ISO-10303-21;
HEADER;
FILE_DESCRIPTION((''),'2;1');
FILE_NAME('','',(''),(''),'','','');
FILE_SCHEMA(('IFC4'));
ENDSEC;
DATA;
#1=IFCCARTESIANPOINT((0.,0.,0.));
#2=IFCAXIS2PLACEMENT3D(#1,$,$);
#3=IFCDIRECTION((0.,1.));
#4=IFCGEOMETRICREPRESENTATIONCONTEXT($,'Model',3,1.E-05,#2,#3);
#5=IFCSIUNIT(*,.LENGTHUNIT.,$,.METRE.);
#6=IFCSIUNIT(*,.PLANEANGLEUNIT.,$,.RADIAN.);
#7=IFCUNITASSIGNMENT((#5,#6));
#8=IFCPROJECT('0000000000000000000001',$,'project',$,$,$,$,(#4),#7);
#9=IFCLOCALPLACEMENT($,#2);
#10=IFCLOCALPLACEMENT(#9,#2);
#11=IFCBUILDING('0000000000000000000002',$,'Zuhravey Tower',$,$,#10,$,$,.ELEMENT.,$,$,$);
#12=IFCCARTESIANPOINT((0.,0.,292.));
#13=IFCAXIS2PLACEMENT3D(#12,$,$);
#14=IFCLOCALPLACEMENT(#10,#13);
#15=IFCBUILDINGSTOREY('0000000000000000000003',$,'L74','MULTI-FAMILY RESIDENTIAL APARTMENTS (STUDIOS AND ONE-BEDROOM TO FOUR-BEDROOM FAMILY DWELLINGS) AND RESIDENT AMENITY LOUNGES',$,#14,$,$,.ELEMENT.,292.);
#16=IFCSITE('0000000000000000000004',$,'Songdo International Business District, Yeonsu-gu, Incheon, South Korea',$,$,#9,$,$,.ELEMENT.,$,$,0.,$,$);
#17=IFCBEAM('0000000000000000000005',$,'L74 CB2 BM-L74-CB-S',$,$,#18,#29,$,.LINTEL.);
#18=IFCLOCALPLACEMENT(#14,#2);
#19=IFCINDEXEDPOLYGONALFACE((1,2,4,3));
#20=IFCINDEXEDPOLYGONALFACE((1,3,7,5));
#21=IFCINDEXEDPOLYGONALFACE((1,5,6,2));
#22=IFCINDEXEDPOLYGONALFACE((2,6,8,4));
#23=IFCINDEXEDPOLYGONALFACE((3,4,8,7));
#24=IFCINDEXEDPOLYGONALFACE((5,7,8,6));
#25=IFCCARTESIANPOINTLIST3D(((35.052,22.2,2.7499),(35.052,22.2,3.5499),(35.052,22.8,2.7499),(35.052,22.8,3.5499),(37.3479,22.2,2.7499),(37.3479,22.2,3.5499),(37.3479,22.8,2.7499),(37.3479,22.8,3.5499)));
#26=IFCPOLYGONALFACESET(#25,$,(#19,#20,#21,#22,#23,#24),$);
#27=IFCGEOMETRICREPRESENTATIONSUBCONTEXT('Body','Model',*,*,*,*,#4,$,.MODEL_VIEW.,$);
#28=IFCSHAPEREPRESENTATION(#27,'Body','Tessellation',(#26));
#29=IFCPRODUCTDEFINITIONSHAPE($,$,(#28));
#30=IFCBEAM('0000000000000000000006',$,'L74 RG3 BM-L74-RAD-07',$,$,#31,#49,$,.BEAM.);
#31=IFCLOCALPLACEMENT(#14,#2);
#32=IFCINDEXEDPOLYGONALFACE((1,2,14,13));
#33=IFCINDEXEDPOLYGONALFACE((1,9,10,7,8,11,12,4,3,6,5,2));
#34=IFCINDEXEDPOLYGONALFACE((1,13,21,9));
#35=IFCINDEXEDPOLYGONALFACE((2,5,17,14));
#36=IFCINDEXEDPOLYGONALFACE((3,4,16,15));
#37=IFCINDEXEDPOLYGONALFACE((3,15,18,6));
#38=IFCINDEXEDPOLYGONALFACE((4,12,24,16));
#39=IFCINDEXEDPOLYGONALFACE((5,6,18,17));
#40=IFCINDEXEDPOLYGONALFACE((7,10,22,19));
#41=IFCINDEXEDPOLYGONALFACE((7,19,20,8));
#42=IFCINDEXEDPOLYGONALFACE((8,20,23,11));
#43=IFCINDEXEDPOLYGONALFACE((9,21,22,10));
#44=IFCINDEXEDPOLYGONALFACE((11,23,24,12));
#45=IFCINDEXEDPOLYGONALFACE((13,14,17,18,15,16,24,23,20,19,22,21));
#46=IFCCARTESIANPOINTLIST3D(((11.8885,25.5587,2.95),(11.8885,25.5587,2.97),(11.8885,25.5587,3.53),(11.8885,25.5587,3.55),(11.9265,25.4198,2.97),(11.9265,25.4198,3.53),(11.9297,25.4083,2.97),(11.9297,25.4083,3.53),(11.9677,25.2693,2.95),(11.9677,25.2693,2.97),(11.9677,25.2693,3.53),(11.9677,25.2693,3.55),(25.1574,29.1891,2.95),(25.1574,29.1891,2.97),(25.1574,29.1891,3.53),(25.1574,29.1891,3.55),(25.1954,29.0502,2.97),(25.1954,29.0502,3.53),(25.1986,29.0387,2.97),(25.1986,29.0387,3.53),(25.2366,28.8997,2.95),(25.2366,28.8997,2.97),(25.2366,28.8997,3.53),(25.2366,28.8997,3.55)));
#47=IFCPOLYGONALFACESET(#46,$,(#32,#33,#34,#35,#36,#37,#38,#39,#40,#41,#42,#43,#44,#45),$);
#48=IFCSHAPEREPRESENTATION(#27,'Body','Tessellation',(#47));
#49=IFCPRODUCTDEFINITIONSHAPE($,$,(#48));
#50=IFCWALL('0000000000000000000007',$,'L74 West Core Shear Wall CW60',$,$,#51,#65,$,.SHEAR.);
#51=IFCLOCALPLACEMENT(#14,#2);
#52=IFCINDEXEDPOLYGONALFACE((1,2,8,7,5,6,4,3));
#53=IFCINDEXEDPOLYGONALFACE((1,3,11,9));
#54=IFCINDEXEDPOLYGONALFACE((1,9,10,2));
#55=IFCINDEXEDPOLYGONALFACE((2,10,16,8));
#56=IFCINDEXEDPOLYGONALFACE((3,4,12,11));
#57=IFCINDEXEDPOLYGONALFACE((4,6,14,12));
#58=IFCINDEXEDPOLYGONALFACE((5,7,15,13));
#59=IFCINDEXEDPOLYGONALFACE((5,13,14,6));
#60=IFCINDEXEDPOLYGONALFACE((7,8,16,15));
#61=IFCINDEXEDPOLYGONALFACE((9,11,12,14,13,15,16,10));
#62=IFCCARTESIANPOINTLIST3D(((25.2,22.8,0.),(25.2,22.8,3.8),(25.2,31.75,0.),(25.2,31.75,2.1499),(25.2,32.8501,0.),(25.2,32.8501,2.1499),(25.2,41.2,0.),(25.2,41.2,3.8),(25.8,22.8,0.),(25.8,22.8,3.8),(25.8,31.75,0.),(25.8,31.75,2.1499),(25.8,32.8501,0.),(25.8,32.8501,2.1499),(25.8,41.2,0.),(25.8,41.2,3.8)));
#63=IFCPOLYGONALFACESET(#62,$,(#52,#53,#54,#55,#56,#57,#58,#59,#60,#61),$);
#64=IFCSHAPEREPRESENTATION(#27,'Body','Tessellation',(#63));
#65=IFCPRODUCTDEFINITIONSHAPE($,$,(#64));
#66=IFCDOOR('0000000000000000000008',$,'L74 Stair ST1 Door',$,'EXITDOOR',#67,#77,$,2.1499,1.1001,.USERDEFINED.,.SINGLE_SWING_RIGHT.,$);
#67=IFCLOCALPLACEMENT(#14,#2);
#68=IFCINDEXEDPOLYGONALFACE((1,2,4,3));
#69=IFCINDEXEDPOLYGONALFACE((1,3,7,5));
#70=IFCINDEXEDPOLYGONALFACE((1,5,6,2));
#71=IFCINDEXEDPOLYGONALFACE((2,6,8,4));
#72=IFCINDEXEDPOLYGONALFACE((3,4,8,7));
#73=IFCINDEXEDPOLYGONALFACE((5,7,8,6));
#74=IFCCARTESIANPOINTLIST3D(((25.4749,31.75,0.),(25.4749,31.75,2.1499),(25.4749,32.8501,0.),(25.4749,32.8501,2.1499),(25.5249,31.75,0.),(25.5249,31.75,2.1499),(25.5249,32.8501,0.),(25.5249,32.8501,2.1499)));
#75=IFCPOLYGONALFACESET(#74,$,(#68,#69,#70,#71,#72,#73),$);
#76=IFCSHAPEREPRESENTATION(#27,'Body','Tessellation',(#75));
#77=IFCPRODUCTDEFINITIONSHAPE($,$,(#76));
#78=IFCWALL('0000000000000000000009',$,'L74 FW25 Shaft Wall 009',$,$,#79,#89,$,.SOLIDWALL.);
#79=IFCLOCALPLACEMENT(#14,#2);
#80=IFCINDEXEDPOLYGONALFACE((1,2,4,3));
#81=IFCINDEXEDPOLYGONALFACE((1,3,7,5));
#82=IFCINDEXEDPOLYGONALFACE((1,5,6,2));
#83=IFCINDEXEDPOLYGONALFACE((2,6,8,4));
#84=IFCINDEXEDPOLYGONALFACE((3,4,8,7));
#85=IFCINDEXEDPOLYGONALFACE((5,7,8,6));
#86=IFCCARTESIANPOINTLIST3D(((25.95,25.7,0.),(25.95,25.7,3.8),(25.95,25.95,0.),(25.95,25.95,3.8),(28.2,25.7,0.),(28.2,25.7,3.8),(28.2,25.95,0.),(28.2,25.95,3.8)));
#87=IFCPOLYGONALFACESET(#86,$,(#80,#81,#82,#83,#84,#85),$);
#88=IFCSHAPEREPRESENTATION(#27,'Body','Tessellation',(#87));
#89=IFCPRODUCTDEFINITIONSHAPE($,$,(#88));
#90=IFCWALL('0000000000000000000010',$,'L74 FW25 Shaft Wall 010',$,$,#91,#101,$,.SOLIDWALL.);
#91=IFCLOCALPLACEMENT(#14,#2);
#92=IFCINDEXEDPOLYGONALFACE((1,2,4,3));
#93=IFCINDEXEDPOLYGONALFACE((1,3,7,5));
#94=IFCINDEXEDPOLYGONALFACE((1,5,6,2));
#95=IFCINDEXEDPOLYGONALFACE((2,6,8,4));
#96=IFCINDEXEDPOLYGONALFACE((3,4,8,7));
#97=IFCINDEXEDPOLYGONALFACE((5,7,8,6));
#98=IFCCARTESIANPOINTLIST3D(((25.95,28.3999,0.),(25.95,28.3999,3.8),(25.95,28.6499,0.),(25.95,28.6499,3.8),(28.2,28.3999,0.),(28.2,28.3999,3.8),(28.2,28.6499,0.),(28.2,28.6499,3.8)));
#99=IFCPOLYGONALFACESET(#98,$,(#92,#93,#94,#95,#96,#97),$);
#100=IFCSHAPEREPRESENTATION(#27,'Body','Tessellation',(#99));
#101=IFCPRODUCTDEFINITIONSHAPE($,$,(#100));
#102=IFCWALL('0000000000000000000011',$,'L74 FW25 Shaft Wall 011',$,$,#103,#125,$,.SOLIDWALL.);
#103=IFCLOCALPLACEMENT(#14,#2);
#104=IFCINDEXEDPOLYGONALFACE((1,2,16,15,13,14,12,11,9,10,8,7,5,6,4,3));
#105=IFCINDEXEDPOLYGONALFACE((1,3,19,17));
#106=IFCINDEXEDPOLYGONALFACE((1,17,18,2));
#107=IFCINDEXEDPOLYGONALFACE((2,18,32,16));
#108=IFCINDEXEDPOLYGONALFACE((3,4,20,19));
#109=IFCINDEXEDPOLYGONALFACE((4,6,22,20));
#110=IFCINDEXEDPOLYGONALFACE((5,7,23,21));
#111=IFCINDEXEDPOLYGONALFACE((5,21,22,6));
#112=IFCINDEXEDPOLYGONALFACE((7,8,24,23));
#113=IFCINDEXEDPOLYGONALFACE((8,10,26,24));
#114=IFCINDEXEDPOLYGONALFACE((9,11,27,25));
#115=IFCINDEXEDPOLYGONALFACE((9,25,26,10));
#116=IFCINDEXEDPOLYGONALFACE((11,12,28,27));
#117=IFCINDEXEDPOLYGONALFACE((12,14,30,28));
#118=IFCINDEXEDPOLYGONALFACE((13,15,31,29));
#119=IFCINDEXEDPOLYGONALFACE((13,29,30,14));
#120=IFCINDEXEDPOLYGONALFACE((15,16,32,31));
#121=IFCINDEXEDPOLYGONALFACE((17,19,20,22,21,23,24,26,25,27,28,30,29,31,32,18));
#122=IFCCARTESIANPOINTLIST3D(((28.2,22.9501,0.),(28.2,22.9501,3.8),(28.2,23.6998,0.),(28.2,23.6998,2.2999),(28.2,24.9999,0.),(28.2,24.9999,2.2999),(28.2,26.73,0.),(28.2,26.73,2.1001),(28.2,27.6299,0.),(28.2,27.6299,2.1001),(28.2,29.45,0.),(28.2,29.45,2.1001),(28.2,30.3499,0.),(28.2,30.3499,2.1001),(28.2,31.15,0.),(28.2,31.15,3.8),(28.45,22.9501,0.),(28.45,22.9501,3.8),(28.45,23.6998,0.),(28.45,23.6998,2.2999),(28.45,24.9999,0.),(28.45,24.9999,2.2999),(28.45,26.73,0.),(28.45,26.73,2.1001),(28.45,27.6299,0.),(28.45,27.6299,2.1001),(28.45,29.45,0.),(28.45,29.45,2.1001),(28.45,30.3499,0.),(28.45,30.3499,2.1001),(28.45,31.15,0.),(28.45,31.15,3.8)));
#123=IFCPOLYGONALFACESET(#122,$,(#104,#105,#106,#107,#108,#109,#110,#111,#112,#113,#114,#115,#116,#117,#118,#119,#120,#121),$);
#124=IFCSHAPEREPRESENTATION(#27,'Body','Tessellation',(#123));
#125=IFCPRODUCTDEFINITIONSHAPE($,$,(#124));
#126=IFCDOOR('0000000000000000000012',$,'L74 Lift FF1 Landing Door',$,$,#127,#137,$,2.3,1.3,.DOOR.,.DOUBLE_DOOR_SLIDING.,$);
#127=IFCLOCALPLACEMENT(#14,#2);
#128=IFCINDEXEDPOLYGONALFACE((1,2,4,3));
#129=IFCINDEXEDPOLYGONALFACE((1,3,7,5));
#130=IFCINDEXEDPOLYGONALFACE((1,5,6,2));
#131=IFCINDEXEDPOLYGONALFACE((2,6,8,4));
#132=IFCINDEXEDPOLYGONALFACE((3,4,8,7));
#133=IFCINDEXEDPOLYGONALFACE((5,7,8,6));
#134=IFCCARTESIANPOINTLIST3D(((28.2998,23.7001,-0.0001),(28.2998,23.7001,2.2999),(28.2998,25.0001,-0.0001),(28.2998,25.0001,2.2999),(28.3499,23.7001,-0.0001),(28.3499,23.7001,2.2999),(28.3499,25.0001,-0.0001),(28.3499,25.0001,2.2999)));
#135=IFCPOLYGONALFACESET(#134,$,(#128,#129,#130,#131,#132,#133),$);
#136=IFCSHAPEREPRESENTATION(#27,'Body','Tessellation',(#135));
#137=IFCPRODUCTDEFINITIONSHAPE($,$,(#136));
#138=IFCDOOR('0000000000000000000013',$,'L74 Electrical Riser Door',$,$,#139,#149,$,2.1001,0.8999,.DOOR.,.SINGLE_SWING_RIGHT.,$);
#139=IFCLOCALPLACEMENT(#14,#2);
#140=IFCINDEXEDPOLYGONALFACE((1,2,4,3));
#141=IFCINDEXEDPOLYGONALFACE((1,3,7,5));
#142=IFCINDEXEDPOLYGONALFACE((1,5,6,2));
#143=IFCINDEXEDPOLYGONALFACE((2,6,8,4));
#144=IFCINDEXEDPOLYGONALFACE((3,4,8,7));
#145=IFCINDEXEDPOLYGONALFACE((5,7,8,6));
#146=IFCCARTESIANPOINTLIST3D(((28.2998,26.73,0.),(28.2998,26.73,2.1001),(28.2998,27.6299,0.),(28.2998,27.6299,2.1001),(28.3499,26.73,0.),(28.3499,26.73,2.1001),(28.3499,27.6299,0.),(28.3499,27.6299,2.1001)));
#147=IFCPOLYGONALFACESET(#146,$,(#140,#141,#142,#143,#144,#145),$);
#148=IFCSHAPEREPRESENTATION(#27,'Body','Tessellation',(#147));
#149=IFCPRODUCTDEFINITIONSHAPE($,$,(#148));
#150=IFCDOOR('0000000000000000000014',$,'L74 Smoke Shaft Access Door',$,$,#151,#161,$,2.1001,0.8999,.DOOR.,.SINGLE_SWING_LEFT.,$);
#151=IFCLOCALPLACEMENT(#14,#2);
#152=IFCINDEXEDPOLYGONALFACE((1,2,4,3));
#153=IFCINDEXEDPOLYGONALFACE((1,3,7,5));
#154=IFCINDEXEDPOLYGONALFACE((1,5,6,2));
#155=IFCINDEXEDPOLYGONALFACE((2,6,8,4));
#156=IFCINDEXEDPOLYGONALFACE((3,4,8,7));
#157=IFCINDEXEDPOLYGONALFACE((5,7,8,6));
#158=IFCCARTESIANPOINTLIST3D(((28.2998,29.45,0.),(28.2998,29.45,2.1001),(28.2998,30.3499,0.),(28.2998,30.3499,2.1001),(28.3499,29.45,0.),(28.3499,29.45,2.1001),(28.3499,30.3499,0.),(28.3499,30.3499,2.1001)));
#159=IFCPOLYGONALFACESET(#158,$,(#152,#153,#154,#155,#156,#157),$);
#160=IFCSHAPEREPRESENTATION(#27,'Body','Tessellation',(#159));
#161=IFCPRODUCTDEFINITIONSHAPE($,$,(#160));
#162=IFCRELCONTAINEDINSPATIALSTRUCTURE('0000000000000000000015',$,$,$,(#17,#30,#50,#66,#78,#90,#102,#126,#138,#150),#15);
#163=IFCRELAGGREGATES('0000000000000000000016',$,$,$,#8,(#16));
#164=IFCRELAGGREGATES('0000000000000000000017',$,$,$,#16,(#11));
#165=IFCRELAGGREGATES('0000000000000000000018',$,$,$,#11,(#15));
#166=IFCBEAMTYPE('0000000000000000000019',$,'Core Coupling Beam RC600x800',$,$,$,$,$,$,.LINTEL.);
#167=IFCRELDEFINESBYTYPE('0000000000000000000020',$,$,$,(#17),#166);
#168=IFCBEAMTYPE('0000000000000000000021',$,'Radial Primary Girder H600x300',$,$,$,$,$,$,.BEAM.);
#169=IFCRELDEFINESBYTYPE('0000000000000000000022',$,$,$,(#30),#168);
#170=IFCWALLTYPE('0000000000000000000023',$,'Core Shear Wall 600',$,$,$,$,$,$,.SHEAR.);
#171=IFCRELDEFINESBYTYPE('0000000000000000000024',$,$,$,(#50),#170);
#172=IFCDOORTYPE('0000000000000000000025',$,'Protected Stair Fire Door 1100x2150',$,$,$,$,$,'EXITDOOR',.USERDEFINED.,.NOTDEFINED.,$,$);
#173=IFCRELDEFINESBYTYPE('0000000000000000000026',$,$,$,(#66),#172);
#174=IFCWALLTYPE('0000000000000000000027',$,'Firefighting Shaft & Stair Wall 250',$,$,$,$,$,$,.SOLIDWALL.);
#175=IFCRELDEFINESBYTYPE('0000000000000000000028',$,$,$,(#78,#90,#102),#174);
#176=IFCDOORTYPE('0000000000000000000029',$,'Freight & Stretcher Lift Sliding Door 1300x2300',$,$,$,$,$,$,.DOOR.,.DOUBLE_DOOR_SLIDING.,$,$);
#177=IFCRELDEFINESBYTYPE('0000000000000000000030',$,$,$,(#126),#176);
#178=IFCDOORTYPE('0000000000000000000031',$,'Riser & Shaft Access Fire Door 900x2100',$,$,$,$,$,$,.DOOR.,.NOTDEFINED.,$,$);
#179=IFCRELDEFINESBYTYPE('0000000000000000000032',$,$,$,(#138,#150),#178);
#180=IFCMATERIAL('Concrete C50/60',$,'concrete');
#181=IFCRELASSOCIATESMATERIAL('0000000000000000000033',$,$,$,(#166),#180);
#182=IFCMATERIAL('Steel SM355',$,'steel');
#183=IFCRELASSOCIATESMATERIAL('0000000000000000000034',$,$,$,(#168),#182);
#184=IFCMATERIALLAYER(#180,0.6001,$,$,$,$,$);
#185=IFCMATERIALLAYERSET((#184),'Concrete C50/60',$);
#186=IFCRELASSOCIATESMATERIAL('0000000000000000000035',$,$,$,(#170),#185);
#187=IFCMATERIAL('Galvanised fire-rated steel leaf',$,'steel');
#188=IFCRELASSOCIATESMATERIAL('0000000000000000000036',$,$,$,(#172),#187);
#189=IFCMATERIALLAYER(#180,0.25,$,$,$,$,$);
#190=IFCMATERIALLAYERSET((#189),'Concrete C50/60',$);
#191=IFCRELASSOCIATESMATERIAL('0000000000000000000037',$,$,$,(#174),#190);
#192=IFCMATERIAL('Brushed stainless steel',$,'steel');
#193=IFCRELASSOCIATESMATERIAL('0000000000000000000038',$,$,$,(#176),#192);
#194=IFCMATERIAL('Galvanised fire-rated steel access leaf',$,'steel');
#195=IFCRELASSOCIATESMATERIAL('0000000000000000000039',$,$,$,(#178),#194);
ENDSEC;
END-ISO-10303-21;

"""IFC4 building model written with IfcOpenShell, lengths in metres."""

from ifc_helpers import new_model, si_unit, direction, frame, frame_2d, origin, origin_2d, place, context, subcontext, project, spatial, rectangle, i_section, extrude, material, layer, layer_set, material_profile, profile_set, type_object, element, fill, save


model = new_model("IFC4")

# Units and contexts
model_context = context("Model", 3, precision=1e-05, world=origin(), true_north=direction((0.0, 1.0)))
body_context = subcontext(model_context, "Body", "Model", "MODEL_VIEW")
ifc_project = project(units=[si_unit("LENGTHUNIT", "METRE"), si_unit("PLANEANGLEUNIT", "RADIAN")], contexts=[model_context])

# Site, building, storey
site_placement = place(None, origin())
site = spatial("IfcSite", under=ifc_project, at=site_placement, Name="Songdo International Business District, Yeonsu-gu, Incheon, South Korea", CompositionType="ELEMENT", RefElevation=0.0)
building_placement = place(site_placement, origin())
building = spatial("IfcBuilding", under=site, at=building_placement, Name="Zuhravey Tower", CompositionType="ELEMENT")
storey_placement = place(building_placement, frame((0.0, 0.0, 292.0)))
storey = spatial("IfcBuildingStorey", under=building, at=storey_placement, Name="L74", Description="MULTI-FAMILY RESIDENTIAL APARTMENTS (STUDIOS AND ONE-BEDROOM TO FOUR-BEDROOM FAMILY DWELLINGS) AND RESIDENT AMENITY LOUNGES", CompositionType="ELEMENT", Elevation=292.0)

# Beams
ifc_material_1 = material(Name="Concrete C50/60", Category="concrete")
ifc_material_profile_1 = material_profile(ifc_material_1, rectangle(XDim=0.6001, YDim=0.8, at=origin_2d()), Name="RC-600x800")
ifc_profile_set_1 = profile_set([ifc_material_profile_1], Name="Concrete C50/60")
beam_type_1 = type_object("IfcBeamType", Name="Core Coupling Beam RC600x800", PredefinedType="LINTEL", material=ifc_profile_set_1)
beam_1_placement = place(storey_placement, frame((35.052, 22.5, 3.1499), z_axis=(1.0, 0.0, 0.0), x_axis=(0.0, 1.0, 0.0)))
element("IfcBeam", 1, at=beam_1_placement, inside=storey, type_object=beam_type_1, Name="L74 CB2 BM-L74-CB-S", PredefinedType="LINTEL", context=body_context, shape_type="SweptSolid", body=[
    extrude(rectangle(XDim=0.6001, YDim=0.8, at=origin_2d()), origin(), (0.0, 0.0, 1.0), 2.2959),
])
ifc_material_2 = material(Name="Steel SM355", Category="steel")
ifc_material_profile_2 = material_profile(ifc_material_2, i_section(OverallWidth=0.3, OverallDepth=0.6001, WebThickness=0.012, FlangeThickness=0.02, at=origin_2d()), Name="H-600x300x12x20")
ifc_profile_set_2 = profile_set([ifc_material_profile_2], Name="Steel SM355")
beam_type_2 = type_object("IfcBeamType", Name="Radial Primary Girder H600x300", PredefinedType="BEAM", material=ifc_profile_set_2)
beam_2_placement = place(storey_placement, frame((25.197, 29.0444, 3.25), z_axis=(-0.964549, -0.263903, 0.0), x_axis=(0.263903, -0.964549, 0.0)))
element("IfcBeam", 2, at=beam_2_placement, inside=storey, type_object=beam_type_2, Name="L74 RG3 BM-L74-RAD-07", PredefinedType="BEAM", context=body_context, shape_type="SweptSolid", body=[
    extrude(i_section(OverallWidth=0.3, OverallDepth=0.6001, WebThickness=0.012, FlangeThickness=0.02, at=origin_2d()), origin(), (0.0, 0.0, 1.0), 13.7566),
])

# Wall, opening, door
ifc_layer_1 = layer(ifc_material_1, 0.6001)
ifc_layer_set_1 = layer_set([ifc_layer_1], Name="Concrete C50/60")
wall_type_1 = type_object("IfcWallType", Name="Core Shear Wall 600", PredefinedType="SHEAR", material=ifc_layer_set_1)
ifc_material_3 = material(Name="Galvanised fire-rated steel leaf", Category="steel")
wall_1_placement = place(storey_placement, frame((25.5, 22.8, 0.0), z_axis=(0.0, 0.0, 1.0), x_axis=(0.0, 1.0, 0.0)))
wall_1 = element("IfcWall", 3, at=wall_1_placement, inside=storey, type_object=wall_type_1, Name="L74 West Core Shear Wall CW60", PredefinedType="SHEAR", context=body_context, shape_type="SweptSolid", body=[
    extrude(rectangle(XDim=18.3999, YDim=0.6001, at=frame_2d((9.2, 0.0))), origin(), (0.0, 0.0, 1.0), 3.8),
])
opening_1_placement = place(wall_1_placement, frame((8.95, 0.0, 0.0)))
opening_1 = element("IfcOpeningElement", 4, at=opening_1_placement, cuts=wall_1, PredefinedType="OPENING", context=body_context, shape_type="SweptSolid", body=[
    extrude(rectangle(XDim=1.1001, YDim=2.1499, at=frame_2d((0.55, 1.075))), frame((0.0, 0.312, 0.0), z_axis=(0.0, -1.0, 0.0), x_axis=(1.0, 0.0, 0.0)), (0.0, 0.0, 1.0), 0.624),
])
door_type_1 = type_object("IfcDoorType", Name="Protected Stair Fire Door 1100x2150", ElementType="EXITDOOR", OperationType="NOTDEFINED", PredefinedType="USERDEFINED", material=ifc_material_3)
door_1_placement = place(opening_1_placement, frame((1.1001, 0.0, 0.0), z_axis=(0.0, 0.0, 1.0), x_axis=(-1.0, 0.0, 0.0)))
door_1 = element("IfcDoor", 5, at=door_1_placement, inside=storey, type_object=door_type_1, Name="L74 Stair ST1 Door", ObjectType="EXITDOOR", OperationType="SINGLE_SWING_RIGHT", OverallHeight=2.1499, OverallWidth=1.1001, PredefinedType="USERDEFINED", context=body_context, shape_type="SweptSolid", body=[
    extrude(rectangle(XDim=1.1001, YDim=2.1499, at=frame_2d((0.55, 1.075))), frame((0.0, 0.0249, 0.0), z_axis=(0.0, -1.0, 0.0), x_axis=(1.0, 0.0, 0.0)), (0.0, 0.0, 1.0), 0.05),
])
fill(opening_1, door_1)
ifc_layer_2 = layer(ifc_material_1, 0.25)
ifc_layer_set_2 = layer_set([ifc_layer_2], Name="Concrete C50/60")
wall_type_2 = type_object("IfcWallType", Name="Firefighting Shaft & Stair Wall 250", PredefinedType="SOLIDWALL", material=ifc_layer_set_2)

# Walls
for number, where, z_axis, x_axis, name in (
    (6, (25.95, 25.825, 0.0), (0.0, 0.0, 1.0), (1.0, 0.0, 0.0), "L74 FW25 Shaft Wall 009"),
    (7, (25.95, 28.5249, 0.0), (0.0, 0.0, 1.0), (1.0, 0.0, 0.0), "L74 FW25 Shaft Wall 010"),
):
    element("IfcWall", number, at=place(storey_placement, frame(where, z_axis=z_axis, x_axis=x_axis)), inside=storey, type_object=wall_type_2, Name=name, PredefinedType="SOLIDWALL", context=body_context, shape_type="SweptSolid", body=[
        extrude(rectangle(XDim=2.25, YDim=0.25, at=frame_2d((1.125, 0.0))), origin(), (0.0, 0.0, 1.0), 3.8),
    ])

# Wall, openings, doors
wall_2_placement = place(storey_placement, frame((28.325, 22.95, 0.0), z_axis=(0.0, 0.0, 1.0), x_axis=(0.0, 1.0, 0.0)))
wall_2 = element("IfcWall", 8, at=wall_2_placement, inside=storey, type_object=wall_type_2, Name="L74 FW25 Shaft Wall 011", PredefinedType="SOLIDWALL", context=body_context, shape_type="SweptSolid", body=[
    extrude(rectangle(XDim=8.2, YDim=0.25, at=frame_2d((4.1001, 0.0))), origin(), (0.0, 0.0, 1.0), 3.8),
])
opening_2_placement = place(wall_2_placement, frame((0.75, 0.0, 0.0)))
opening_2 = element("IfcOpeningElement", 9, at=opening_2_placement, cuts=wall_2, PredefinedType="OPENING", context=body_context, shape_type="SweptSolid", body=[
    extrude(rectangle(XDim=1.3, YDim=2.3, at=frame_2d((0.6499, 1.1499))), frame((0.0, 0.137, 0.0), z_axis=(0.0, -1.0, 0.0), x_axis=(1.0, 0.0, 0.0)), (0.0, 0.0, 1.0), 0.2739),
])
opening_3_placement = place(wall_2_placement, frame((3.78, 0.0, 0.0)))
opening_3 = element("IfcOpeningElement", 10, at=opening_3_placement, cuts=wall_2, PredefinedType="OPENING", context=body_context, shape_type="SweptSolid", body=[
    extrude(rectangle(XDim=0.8999, YDim=2.1001, at=frame_2d((0.45, 1.05))), frame((0.0, 0.137, 0.0), z_axis=(0.0, -1.0, 0.0), x_axis=(1.0, 0.0, 0.0)), (0.0, 0.0, 1.0), 0.2739),
])
opening_4_placement = place(wall_2_placement, frame((6.5, 0.0, 0.0)))
opening_4 = element("IfcOpeningElement", 11, at=opening_4_placement, cuts=wall_2, PredefinedType="OPENING", context=body_context, shape_type="SweptSolid", body=[
    extrude(rectangle(XDim=0.8999, YDim=2.1001, at=frame_2d((0.45, 1.05))), frame((0.0, 0.137, 0.0), z_axis=(0.0, -1.0, 0.0), x_axis=(1.0, 0.0, 0.0)), (0.0, 0.0, 1.0), 0.2739),
])
ifc_material_4 = material(Name="Brushed stainless steel", Category="steel")
door_type_2 = type_object("IfcDoorType", Name="Freight & Stretcher Lift Sliding Door 1300x2300", OperationType="DOUBLE_DOOR_SLIDING", PredefinedType="DOOR", material=ifc_material_4)
door_2_placement = place(opening_2_placement, frame((1.3, 0.0, 0.0), z_axis=(0.0, 0.0, 1.0), x_axis=(-1.0, 0.0, 0.0)))
door_2 = element("IfcDoor", 12, at=door_2_placement, inside=storey, type_object=door_type_2, Name="L74 Lift FF1 Landing Door", OperationType="DOUBLE_DOOR_SLIDING", OverallHeight=2.3, OverallWidth=1.3, PredefinedType="DOOR", context=body_context, shape_type="SweptSolid", body=[
    extrude(rectangle(XDim=1.3, YDim=2.3, at=frame_2d((0.6499, 1.1499))), frame((0.0, 0.0249, 0.0), z_axis=(0.0, -1.0, 0.0), x_axis=(1.0, 0.0, 0.0)), (0.0, 0.0, 1.0), 0.05),
])
fill(opening_2, door_2)
ifc_material_5 = material(Name="Galvanised fire-rated steel access leaf", Category="steel")
door_type_3 = type_object("IfcDoorType", Name="Riser & Shaft Access Fire Door 900x2100", OperationType="NOTDEFINED", PredefinedType="DOOR", material=ifc_material_5)
door_3_placement = place(opening_3_placement, frame((0.8999, 0.0, 0.0), z_axis=(0.0, 0.0, 1.0), x_axis=(-1.0, 0.0, 0.0)))
door_3 = element("IfcDoor", 13, at=door_3_placement, inside=storey, type_object=door_type_3, Name="L74 Electrical Riser Door", OperationType="SINGLE_SWING_RIGHT", OverallHeight=2.1001, OverallWidth=0.8999, PredefinedType="DOOR", context=body_context, shape_type="SweptSolid", body=[
    extrude(rectangle(XDim=0.8999, YDim=2.1001, at=frame_2d((0.45, 1.05))), frame((0.0, 0.0249, 0.0), z_axis=(0.0, -1.0, 0.0), x_axis=(1.0, 0.0, 0.0)), (0.0, 0.0, 1.0), 0.05),
])
fill(opening_3, door_3)
door_4_placement = place(opening_4_placement, frame((0.8999, 0.0, 0.0), z_axis=(0.0, 0.0, 1.0), x_axis=(-1.0, 0.0, 0.0)))
door_4 = element("IfcDoor", 14, at=door_4_placement, inside=storey, type_object=door_type_3, Name="L74 Smoke Shaft Access Door", OperationType="SINGLE_SWING_LEFT", OverallHeight=2.1001, OverallWidth=0.8999, PredefinedType="DOOR", context=body_context, shape_type="SweptSolid", body=[
    extrude(rectangle(XDim=0.8999, YDim=2.1001, at=frame_2d((0.45, 1.05))), frame((0.0, 0.0249, 0.0), z_axis=(0.0, -1.0, 0.0), x_axis=(1.0, 0.0, 0.0)), (0.0, 0.0, 1.0), 0.05),
])
fill(opening_4, door_4)

save(model, "model.ifc")
